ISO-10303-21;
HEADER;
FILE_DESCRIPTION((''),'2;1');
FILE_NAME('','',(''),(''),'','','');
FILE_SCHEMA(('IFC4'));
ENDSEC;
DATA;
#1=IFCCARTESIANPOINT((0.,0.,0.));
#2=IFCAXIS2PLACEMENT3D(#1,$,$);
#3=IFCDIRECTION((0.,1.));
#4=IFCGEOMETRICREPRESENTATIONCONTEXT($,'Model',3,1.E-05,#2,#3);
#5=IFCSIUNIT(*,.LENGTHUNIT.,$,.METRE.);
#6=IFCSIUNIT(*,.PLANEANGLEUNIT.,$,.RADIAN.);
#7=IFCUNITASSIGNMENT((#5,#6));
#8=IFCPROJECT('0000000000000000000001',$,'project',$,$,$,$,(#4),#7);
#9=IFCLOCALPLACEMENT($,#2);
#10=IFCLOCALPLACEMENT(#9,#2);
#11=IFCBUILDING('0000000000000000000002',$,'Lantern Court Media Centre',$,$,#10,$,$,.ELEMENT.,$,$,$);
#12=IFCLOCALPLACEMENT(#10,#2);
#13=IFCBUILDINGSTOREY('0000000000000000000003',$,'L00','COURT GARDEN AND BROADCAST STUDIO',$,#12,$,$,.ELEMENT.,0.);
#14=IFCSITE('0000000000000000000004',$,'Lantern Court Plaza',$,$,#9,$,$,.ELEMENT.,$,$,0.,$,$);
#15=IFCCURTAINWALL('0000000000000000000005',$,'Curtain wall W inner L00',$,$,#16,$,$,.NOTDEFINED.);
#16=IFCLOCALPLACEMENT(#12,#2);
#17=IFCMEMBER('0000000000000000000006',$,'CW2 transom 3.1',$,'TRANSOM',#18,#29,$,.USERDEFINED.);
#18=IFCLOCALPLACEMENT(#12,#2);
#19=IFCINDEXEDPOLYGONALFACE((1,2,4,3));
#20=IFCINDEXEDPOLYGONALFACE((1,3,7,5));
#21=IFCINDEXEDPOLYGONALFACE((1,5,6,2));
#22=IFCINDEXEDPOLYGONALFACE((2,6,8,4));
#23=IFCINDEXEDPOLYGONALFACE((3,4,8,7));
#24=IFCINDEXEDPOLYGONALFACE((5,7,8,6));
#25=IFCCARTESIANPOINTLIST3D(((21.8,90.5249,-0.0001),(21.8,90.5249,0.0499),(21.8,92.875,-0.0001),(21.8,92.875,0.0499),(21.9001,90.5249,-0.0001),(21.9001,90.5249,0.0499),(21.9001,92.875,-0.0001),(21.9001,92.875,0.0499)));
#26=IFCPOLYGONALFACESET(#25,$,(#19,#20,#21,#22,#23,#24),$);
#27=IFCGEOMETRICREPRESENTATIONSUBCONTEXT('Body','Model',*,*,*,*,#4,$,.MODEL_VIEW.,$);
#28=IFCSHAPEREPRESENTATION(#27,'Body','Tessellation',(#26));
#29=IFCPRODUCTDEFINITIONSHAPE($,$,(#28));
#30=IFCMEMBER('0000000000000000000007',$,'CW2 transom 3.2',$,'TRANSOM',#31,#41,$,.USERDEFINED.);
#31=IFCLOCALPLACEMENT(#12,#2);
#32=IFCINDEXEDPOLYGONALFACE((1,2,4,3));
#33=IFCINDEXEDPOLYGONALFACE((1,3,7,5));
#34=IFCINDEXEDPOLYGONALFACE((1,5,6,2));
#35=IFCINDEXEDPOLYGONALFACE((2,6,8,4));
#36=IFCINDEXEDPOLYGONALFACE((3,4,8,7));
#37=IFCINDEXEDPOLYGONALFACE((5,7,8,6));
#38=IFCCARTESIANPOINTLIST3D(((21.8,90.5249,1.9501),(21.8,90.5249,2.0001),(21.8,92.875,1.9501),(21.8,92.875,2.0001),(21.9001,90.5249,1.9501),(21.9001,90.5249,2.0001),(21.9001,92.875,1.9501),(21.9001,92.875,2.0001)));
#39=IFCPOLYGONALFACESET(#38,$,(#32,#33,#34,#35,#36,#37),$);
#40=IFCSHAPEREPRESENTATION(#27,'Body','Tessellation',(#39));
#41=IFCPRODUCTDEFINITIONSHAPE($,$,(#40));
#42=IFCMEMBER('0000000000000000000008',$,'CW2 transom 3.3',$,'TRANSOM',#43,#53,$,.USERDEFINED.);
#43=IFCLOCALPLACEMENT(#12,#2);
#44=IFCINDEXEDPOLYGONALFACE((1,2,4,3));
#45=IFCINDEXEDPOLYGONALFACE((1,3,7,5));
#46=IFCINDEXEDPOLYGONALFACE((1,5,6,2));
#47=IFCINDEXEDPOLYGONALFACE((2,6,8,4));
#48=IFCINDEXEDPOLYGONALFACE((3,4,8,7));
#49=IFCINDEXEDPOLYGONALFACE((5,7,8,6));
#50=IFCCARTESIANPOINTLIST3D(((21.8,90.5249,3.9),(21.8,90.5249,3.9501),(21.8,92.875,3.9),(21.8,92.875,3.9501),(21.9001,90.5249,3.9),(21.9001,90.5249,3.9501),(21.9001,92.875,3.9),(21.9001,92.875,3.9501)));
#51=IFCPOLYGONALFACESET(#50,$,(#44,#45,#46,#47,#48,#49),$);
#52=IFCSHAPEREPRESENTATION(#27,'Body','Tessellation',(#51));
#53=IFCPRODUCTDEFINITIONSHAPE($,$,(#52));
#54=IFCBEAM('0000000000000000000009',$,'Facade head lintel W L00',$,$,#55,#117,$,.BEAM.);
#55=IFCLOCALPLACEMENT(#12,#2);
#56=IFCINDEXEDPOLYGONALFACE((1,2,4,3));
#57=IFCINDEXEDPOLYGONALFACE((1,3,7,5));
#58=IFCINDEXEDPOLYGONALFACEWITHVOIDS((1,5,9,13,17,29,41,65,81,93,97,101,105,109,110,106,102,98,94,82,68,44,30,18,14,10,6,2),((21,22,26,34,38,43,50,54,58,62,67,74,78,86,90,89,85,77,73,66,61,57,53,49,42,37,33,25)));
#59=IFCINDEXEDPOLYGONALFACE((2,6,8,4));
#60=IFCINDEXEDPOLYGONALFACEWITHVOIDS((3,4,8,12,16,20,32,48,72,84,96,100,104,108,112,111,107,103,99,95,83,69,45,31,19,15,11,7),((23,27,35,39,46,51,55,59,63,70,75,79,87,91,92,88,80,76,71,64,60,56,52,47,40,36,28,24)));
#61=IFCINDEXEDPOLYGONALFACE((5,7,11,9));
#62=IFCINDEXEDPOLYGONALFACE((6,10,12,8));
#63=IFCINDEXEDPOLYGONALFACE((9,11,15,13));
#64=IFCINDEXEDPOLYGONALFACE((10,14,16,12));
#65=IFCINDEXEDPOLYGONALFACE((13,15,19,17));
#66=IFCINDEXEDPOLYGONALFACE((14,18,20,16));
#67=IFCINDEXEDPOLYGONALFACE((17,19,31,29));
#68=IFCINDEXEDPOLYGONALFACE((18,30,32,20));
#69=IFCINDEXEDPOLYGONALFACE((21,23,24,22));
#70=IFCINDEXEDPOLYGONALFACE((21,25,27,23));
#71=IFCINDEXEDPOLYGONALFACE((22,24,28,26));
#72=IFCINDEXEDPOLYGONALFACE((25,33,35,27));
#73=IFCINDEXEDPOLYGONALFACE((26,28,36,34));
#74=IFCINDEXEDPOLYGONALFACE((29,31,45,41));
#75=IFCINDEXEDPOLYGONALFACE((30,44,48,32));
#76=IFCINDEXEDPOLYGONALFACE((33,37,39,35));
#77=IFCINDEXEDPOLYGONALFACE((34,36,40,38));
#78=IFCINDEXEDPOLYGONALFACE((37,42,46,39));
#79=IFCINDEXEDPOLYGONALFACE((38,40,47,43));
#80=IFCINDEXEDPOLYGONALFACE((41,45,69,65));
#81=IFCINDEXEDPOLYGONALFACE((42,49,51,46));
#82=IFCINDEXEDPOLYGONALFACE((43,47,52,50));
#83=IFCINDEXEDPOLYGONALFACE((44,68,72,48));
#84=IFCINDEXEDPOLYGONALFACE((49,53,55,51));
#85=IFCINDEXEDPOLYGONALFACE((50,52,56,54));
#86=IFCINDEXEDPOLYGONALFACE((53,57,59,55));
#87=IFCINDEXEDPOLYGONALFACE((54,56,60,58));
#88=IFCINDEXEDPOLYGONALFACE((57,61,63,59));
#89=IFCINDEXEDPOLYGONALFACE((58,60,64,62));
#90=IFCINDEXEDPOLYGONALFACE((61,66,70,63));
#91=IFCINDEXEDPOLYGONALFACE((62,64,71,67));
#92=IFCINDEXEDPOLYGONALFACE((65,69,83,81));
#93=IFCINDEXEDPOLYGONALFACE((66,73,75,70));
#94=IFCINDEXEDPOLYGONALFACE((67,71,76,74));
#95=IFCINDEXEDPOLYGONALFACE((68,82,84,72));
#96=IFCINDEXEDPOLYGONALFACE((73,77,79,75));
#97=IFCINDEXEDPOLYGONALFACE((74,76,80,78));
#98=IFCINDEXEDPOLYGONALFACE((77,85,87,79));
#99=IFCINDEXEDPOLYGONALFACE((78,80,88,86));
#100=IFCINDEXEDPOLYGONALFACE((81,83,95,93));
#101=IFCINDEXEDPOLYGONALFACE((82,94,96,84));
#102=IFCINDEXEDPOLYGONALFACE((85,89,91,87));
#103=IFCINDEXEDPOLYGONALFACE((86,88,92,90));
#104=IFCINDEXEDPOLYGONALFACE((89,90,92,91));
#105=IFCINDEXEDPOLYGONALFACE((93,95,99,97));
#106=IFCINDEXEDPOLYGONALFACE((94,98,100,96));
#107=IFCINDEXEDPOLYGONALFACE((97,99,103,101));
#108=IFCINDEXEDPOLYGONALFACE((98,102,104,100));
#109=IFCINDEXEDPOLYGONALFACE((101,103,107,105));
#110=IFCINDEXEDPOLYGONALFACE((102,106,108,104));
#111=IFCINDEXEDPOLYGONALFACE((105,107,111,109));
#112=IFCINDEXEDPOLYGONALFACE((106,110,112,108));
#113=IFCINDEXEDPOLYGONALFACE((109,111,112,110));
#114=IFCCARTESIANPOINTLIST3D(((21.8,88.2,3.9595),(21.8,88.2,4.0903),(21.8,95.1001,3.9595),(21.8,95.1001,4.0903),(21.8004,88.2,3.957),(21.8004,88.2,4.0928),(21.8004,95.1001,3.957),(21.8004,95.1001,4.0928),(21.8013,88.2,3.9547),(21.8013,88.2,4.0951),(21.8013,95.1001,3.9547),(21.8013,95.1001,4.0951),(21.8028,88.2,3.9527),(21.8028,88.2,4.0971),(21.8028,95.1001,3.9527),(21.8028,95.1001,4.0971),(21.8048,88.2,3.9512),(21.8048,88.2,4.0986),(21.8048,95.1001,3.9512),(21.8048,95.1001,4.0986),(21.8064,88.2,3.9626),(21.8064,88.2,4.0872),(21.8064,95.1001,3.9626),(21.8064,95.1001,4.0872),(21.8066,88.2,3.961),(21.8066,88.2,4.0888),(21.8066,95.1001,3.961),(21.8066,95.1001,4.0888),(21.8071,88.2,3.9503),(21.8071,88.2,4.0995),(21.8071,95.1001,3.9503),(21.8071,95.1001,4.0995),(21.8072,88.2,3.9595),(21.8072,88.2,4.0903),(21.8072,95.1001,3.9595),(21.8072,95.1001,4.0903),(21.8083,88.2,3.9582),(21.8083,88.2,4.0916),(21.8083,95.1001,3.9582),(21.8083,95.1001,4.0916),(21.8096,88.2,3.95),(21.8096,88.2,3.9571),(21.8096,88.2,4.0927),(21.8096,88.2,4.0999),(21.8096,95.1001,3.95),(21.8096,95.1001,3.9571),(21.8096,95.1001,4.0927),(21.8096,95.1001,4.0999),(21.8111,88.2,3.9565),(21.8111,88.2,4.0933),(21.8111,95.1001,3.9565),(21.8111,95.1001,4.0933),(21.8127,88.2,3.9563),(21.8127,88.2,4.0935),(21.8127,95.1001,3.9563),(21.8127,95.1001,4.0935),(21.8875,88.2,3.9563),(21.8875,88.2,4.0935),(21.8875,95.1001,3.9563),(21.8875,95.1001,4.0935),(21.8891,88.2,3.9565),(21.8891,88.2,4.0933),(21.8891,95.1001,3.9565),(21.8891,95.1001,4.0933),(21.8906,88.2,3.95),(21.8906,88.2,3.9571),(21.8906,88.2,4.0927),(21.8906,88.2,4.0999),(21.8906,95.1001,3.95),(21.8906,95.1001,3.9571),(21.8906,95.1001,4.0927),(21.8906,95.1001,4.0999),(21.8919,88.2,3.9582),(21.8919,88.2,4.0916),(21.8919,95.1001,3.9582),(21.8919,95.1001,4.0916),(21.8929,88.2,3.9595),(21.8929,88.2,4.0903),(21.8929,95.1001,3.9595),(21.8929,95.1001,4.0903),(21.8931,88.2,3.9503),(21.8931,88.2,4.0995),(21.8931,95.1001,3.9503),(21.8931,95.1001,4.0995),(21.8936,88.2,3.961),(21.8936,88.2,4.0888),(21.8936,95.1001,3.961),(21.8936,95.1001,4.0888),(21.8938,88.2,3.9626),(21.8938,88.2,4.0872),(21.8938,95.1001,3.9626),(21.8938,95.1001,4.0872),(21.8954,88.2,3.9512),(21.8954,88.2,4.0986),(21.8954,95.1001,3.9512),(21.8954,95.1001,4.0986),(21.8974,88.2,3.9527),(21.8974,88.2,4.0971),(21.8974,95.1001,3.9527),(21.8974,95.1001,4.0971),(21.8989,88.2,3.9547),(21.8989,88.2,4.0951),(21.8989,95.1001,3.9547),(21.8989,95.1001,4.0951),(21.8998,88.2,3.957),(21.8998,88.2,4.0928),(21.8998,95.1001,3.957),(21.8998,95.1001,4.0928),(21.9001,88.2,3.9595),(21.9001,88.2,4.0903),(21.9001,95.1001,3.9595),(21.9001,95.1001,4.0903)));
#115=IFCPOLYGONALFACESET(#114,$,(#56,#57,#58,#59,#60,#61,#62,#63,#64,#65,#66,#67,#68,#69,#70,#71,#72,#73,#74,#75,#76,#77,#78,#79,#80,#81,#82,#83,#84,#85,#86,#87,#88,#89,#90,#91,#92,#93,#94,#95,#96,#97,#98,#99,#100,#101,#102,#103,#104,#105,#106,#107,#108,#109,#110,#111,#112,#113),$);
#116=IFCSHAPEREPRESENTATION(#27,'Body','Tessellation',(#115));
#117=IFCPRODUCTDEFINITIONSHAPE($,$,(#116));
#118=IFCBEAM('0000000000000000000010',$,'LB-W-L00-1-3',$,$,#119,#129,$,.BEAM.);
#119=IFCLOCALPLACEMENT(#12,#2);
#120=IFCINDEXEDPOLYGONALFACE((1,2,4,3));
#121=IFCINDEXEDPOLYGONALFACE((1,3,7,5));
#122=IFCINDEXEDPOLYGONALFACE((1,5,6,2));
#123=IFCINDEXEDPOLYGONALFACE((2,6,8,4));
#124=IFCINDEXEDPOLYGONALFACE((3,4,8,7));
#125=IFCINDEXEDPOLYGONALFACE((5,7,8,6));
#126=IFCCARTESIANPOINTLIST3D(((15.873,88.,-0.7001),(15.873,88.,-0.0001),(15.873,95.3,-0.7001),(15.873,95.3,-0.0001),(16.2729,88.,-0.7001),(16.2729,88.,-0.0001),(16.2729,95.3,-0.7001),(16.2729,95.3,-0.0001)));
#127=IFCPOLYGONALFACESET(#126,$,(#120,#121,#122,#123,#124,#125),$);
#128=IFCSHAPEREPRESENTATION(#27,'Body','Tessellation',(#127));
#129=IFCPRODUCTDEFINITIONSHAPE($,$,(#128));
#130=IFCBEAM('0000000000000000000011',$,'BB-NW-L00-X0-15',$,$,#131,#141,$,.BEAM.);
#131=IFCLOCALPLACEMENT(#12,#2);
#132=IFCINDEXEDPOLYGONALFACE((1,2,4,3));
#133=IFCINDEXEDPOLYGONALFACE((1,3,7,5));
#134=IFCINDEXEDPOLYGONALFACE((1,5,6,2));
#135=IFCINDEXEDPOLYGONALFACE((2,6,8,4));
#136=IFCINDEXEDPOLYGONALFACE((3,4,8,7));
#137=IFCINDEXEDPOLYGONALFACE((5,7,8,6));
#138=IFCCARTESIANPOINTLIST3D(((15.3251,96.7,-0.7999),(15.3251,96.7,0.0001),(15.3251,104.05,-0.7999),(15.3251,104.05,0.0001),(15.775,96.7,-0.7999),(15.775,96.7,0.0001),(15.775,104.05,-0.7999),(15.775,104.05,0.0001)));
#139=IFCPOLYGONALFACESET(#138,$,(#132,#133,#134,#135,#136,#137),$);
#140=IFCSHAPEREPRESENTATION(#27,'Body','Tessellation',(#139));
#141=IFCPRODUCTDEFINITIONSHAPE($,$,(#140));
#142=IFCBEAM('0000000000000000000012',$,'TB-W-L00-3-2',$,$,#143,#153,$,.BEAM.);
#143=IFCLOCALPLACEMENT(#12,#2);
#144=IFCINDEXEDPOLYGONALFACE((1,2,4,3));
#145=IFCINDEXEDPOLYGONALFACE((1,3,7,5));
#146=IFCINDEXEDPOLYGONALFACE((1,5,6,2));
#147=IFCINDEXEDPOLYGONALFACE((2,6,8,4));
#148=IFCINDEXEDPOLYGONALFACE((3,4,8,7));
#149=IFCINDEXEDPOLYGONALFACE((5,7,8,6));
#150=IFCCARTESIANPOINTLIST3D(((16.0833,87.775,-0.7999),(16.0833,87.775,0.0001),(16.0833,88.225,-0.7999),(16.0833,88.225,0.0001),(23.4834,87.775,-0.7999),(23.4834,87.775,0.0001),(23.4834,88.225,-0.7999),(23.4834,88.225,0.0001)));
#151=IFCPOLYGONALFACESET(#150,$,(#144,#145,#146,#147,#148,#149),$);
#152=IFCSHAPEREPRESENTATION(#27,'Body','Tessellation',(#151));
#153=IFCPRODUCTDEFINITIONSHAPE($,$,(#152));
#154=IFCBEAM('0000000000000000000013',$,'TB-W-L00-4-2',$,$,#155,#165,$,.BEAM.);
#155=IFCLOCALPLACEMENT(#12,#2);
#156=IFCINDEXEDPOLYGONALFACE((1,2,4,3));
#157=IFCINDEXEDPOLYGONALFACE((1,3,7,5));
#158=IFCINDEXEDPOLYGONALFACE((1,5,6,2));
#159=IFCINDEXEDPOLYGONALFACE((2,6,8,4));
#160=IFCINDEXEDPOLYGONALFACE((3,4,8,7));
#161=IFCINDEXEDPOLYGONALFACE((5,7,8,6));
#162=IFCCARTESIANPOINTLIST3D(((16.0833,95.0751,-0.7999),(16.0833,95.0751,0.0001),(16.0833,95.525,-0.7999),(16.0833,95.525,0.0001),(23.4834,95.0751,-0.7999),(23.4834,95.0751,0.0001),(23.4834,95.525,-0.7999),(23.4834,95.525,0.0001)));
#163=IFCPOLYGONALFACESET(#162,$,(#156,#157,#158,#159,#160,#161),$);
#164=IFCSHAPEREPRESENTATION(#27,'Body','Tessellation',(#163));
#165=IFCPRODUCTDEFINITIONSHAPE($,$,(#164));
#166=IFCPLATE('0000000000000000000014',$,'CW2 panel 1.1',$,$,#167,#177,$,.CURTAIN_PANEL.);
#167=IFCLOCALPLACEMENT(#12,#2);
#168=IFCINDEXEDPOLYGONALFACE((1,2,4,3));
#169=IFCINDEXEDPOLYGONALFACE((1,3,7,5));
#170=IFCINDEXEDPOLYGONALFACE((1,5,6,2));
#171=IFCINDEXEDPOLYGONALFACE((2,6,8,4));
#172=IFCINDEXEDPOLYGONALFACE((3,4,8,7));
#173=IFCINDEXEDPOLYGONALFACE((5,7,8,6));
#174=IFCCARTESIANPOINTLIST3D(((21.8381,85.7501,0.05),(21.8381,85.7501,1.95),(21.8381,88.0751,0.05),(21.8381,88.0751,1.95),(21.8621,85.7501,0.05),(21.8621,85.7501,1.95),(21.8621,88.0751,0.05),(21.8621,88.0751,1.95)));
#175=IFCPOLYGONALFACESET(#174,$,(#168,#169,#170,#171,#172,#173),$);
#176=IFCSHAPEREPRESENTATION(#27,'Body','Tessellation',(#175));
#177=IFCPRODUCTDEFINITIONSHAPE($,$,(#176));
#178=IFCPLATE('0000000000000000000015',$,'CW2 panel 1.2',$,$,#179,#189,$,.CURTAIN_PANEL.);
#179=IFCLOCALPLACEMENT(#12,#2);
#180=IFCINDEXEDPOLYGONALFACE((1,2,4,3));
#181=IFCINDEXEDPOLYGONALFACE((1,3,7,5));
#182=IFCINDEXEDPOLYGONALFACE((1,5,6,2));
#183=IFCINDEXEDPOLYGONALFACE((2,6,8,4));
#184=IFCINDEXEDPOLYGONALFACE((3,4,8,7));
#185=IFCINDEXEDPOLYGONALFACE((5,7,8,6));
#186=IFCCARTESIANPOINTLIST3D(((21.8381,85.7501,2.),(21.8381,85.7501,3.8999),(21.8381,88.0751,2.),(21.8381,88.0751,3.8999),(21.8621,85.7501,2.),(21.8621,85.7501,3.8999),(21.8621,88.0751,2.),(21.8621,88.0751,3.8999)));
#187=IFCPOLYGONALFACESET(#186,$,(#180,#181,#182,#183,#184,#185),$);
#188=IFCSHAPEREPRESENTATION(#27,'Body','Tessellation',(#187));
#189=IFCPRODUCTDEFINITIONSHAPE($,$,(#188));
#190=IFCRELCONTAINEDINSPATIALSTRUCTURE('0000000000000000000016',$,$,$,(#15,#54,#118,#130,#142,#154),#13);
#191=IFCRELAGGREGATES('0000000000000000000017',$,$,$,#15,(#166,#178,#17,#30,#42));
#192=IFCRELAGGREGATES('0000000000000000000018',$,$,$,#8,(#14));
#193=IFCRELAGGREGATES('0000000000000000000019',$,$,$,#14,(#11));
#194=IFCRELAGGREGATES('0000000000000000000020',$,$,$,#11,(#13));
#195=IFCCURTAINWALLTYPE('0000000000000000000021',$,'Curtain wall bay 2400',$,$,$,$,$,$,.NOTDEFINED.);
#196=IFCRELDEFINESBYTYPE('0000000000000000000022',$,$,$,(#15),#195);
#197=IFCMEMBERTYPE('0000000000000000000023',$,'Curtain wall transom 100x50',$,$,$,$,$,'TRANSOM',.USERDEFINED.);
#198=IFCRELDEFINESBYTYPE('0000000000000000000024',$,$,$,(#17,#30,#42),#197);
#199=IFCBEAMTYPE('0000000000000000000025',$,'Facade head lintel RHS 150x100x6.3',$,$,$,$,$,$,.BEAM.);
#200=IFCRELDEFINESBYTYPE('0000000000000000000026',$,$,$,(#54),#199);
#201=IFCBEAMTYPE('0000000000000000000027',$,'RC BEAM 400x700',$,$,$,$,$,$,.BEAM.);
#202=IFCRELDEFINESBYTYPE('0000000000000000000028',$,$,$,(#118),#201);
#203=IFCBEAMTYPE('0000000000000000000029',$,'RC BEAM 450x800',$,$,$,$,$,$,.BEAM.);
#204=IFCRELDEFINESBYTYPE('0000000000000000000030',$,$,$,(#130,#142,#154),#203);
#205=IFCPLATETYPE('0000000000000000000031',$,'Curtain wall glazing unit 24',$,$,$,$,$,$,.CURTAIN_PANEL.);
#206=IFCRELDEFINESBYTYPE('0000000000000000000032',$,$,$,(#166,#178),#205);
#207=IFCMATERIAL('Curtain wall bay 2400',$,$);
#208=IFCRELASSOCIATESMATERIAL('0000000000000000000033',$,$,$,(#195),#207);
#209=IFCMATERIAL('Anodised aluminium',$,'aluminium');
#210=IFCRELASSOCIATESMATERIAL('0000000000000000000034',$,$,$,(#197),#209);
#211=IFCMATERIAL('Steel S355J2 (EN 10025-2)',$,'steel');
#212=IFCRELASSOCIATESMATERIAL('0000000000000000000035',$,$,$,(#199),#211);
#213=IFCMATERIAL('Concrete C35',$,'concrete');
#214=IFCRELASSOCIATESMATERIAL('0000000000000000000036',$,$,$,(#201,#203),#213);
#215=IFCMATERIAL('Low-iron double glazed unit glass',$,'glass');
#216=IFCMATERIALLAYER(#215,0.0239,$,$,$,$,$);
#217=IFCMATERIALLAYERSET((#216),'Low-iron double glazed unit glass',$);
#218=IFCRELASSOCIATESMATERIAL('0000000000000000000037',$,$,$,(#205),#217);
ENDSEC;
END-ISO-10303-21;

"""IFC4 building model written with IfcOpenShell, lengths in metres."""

from ifc_helpers import new_model, si_unit, direction, frame, origin, origin_2d, place, context, subcontext, project, spatial, rectangle, hollow_rectangle, extrude, material, layer, layer_set, material_profile, profile_set, type_object, element, aggregate, save


model = new_model("IFC4")

# Units and contexts
model_context = context("Model", 3, precision=1e-05, world=origin(), true_north=direction((0.0, 1.0)))
body_context = subcontext(model_context, "Body", "Model", "MODEL_VIEW")
ifc_project = project(units=[si_unit("LENGTHUNIT", "METRE"), si_unit("PLANEANGLEUNIT", "RADIAN")], contexts=[model_context])

# Site, building, storey
site_placement = place(None, origin())
site = spatial("IfcSite", under=ifc_project, at=site_placement, Name="Lantern Court Plaza", CompositionType="ELEMENT", RefElevation=0.0)
building_placement = place(site_placement, origin())
building = spatial("IfcBuilding", under=site, at=building_placement, Name="Lantern Court Media Centre", CompositionType="ELEMENT")
storey_placement = place(building_placement, origin())
storey = spatial("IfcBuildingStorey", under=building, at=storey_placement, Name="L00", Description="COURT GARDEN AND BROADCAST STUDIO", CompositionType="ELEMENT", Elevation=0.0)

# Shared definitions
ifc_material_1 = material(Name="Concrete C35", Category="concrete")

# Curtain wall, members
ifc_material_2 = material(Name="Curtain wall bay 2400")
curtain_wall_type = type_object("IfcCurtainWallType", Name="Curtain wall bay 2400", PredefinedType="NOTDEFINED", material=ifc_material_2)
curtain_wall_placement = place(storey_placement, origin())
curtain_wall = element("IfcCurtainWall", 1, at=curtain_wall_placement, inside=storey, type_object=curtain_wall_type, Name="Curtain wall W inner L00", PredefinedType="NOTDEFINED")
ifc_material_3 = material(Name="Anodised aluminium", Category="aluminium")
ifc_material_profile_1 = material_profile(ifc_material_3, rectangle(XDim=0.1001, YDim=0.05, at=origin_2d()), Name="AL 50x100")
ifc_profile_set_1 = profile_set([ifc_material_profile_1], Name="Anodised aluminium")
member_type_1 = type_object("IfcMemberType", Name="Curtain wall transom 100x50", ElementType="TRANSOM", PredefinedType="USERDEFINED", material=ifc_profile_set_1)
member_1_placement = place(storey_placement, frame((21.8501, 90.5249, 0.0249), z_axis=(0.0, 1.0, 0.0), x_axis=(-1.0, 0.0, 0.0)))
member_1 = element("IfcMember", 2, at=member_1_placement, type_object=member_type_1, Name="CW2 transom 3.1", ObjectType="TRANSOM", PredefinedType="USERDEFINED", context=body_context, shape_type="SweptSolid", body=[
    extrude(rectangle(XDim=0.1001, YDim=0.05, at=origin_2d()), origin(), (0.0, 0.0, 1.0), 2.3501),
])
member_2_placement = place(storey_placement, frame((21.8501, 90.5249, 1.9751), z_axis=(0.0, 1.0, 0.0), x_axis=(-1.0, 0.0, 0.0)))
member_2 = element("IfcMember", 3, at=member_2_placement, type_object=member_type_1, Name="CW2 transom 3.2", ObjectType="TRANSOM", PredefinedType="USERDEFINED", context=body_context, shape_type="SweptSolid", body=[
    extrude(rectangle(XDim=0.1001, YDim=0.05, at=origin_2d()), origin(), (0.0, 0.0, 1.0), 2.3501),
])
member_3_placement = place(storey_placement, frame((21.8501, 90.5249, 3.925), z_axis=(0.0, 1.0, 0.0), x_axis=(-1.0, 0.0, 0.0)))
member_3 = element("IfcMember", 4, at=member_3_placement, type_object=member_type_1, Name="CW2 transom 3.3", ObjectType="TRANSOM", PredefinedType="USERDEFINED", context=body_context, shape_type="SweptSolid", body=[
    extrude(rectangle(XDim=0.1001, YDim=0.05, at=origin_2d()), origin(), (0.0, 0.0, 1.0), 2.3501),
])

# Beams
ifc_material_4 = material(Name="Steel S355J2 (EN 10025-2)", Category="steel")
ifc_material_profile_2 = material_profile(ifc_material_4, hollow_rectangle(XDim=0.1001, YDim=0.1499, WallThickness=0.0063, InnerFilletRadius=0.0063, OuterFilletRadius=0.0095, at=origin_2d()), Name="Facade head lintel RHS 150x100x6.3")
ifc_profile_set_2 = profile_set([ifc_material_profile_2], Name="Steel S355J2 (EN 10025-2)")
beam_type_1 = type_object("IfcBeamType", Name="Facade head lintel RHS 150x100x6.3", PredefinedType="BEAM", material=ifc_profile_set_2)
beam_1_placement = place(storey_placement, frame((21.8501, 88.2, 4.0249), z_axis=(0.0, 1.0, 0.0), x_axis=(-1.0, 0.0, 0.0)))
element("IfcBeam", 5, at=beam_1_placement, inside=storey, type_object=beam_type_1, Name="Facade head lintel W L00", PredefinedType="BEAM", context=body_context, shape_type="SweptSolid", body=[
    extrude(hollow_rectangle(XDim=0.1001, YDim=0.1499, WallThickness=0.0063, InnerFilletRadius=0.0063, OuterFilletRadius=0.0095, at=origin_2d()), origin(), (0.0, 0.0, 1.0), 6.9001),
])
ifc_material_profile_3 = material_profile(ifc_material_1, rectangle(XDim=0.3999, YDim=0.7, at=origin_2d()), Name="RC 400x700")
ifc_profile_set_3 = profile_set([ifc_material_profile_3], Name="Concrete C35")
beam_type_2 = type_object("IfcBeamType", Name="RC BEAM 400x700", PredefinedType="BEAM", material=ifc_profile_set_3)
beam_2_placement = place(storey_placement, frame((16.073, 88.0, -0.3501), z_axis=(0.0, 1.0, 0.0), x_axis=(-1.0, 0.0, 0.0)))
element("IfcBeam", 6, at=beam_2_placement, inside=storey, type_object=beam_type_2, Name="LB-W-L00-1-3", PredefinedType="BEAM", context=body_context, shape_type="SweptSolid", body=[
    extrude(rectangle(XDim=0.3999, YDim=0.7, at=origin_2d()), origin(), (0.0, 0.0, 1.0), 7.3),
])
ifc_material_profile_4 = material_profile(ifc_material_1, rectangle(XDim=0.45, YDim=0.8, at=origin_2d()), Name="RC 450x800")
ifc_profile_set_4 = profile_set([ifc_material_profile_4], Name="Concrete C35")
beam_type_3 = type_object("IfcBeamType", Name="RC BEAM 450x800", PredefinedType="BEAM", material=ifc_profile_set_4)
beam_3_placement = place(storey_placement, frame((15.55, 96.7, -0.3999), z_axis=(0.0, 1.0, 0.0), x_axis=(-1.0, 0.0, 0.0)))
element("IfcBeam", 7, at=beam_3_placement, inside=storey, type_object=beam_type_3, Name="BB-NW-L00-X0-15", PredefinedType="BEAM", context=body_context, shape_type="SweptSolid", body=[
    extrude(rectangle(XDim=0.45, YDim=0.8, at=origin_2d()), origin(), (0.0, 0.0, 1.0), 7.3501),
])
for number, where, z_axis, x_axis, name in (
    (8, (16.0833, 88.0, -0.3999), (1.0, 0.0, 0.0), (0.0, 1.0, 0.0), "TB-W-L00-3-2"),
    (9, (16.0833, 95.3, -0.3999), (1.0, 0.0, 0.0), (0.0, 1.0, 0.0), "TB-W-L00-4-2"),
):
    element("IfcBeam", number, at=place(storey_placement, frame(where, z_axis=z_axis, x_axis=x_axis)), inside=storey, type_object=beam_type_3, Name=name, PredefinedType="BEAM", context=body_context, shape_type="SweptSolid", body=[
        extrude(rectangle(XDim=0.45, YDim=0.8, at=origin_2d()), origin(), (0.0, 0.0, 1.0), 7.4001),
    ])

# Plates
ifc_material_5 = material(Name="Low-iron double glazed unit glass", Category="glass")
ifc_layer_1 = layer(ifc_material_5, 0.0239)
ifc_layer_set_1 = layer_set([ifc_layer_1], Name="Low-iron double glazed unit glass")
plate_type = type_object("IfcPlateType", Name="Curtain wall glazing unit 24", PredefinedType="CURTAIN_PANEL", material=ifc_layer_set_1)
plate_1_placement = place(storey_placement, frame((21.8501, 86.9126, 0.05), z_axis=(0.0, 0.0, 1.0), x_axis=(0.0, 1.0, 0.0)))
plate_1 = element("IfcPlate", 10, at=plate_1_placement, type_object=plate_type, Name="CW2 panel 1.1", PredefinedType="CURTAIN_PANEL", context=body_context, shape_type="SweptSolid", body=[
    extrude(rectangle(XDim=2.325, YDim=0.0239, at=origin_2d()), origin(), (0.0, 0.0, 1.0), 1.8999),
])
plate_2_placement = place(storey_placement, frame((21.8501, 86.9126, 2.0), z_axis=(0.0, 0.0, 1.0), x_axis=(0.0, 1.0, 0.0)))
plate_2 = element("IfcPlate", 11, at=plate_2_placement, type_object=plate_type, Name="CW2 panel 1.2", PredefinedType="CURTAIN_PANEL", context=body_context, shape_type="SweptSolid", body=[
    extrude(rectangle(XDim=2.325, YDim=0.0239, at=origin_2d()), origin(), (0.0, 0.0, 1.0), 1.8999),
])
aggregate(curtain_wall, [plate_1, plate_2, member_1, member_2, member_3])

save(model, "model.ifc")
